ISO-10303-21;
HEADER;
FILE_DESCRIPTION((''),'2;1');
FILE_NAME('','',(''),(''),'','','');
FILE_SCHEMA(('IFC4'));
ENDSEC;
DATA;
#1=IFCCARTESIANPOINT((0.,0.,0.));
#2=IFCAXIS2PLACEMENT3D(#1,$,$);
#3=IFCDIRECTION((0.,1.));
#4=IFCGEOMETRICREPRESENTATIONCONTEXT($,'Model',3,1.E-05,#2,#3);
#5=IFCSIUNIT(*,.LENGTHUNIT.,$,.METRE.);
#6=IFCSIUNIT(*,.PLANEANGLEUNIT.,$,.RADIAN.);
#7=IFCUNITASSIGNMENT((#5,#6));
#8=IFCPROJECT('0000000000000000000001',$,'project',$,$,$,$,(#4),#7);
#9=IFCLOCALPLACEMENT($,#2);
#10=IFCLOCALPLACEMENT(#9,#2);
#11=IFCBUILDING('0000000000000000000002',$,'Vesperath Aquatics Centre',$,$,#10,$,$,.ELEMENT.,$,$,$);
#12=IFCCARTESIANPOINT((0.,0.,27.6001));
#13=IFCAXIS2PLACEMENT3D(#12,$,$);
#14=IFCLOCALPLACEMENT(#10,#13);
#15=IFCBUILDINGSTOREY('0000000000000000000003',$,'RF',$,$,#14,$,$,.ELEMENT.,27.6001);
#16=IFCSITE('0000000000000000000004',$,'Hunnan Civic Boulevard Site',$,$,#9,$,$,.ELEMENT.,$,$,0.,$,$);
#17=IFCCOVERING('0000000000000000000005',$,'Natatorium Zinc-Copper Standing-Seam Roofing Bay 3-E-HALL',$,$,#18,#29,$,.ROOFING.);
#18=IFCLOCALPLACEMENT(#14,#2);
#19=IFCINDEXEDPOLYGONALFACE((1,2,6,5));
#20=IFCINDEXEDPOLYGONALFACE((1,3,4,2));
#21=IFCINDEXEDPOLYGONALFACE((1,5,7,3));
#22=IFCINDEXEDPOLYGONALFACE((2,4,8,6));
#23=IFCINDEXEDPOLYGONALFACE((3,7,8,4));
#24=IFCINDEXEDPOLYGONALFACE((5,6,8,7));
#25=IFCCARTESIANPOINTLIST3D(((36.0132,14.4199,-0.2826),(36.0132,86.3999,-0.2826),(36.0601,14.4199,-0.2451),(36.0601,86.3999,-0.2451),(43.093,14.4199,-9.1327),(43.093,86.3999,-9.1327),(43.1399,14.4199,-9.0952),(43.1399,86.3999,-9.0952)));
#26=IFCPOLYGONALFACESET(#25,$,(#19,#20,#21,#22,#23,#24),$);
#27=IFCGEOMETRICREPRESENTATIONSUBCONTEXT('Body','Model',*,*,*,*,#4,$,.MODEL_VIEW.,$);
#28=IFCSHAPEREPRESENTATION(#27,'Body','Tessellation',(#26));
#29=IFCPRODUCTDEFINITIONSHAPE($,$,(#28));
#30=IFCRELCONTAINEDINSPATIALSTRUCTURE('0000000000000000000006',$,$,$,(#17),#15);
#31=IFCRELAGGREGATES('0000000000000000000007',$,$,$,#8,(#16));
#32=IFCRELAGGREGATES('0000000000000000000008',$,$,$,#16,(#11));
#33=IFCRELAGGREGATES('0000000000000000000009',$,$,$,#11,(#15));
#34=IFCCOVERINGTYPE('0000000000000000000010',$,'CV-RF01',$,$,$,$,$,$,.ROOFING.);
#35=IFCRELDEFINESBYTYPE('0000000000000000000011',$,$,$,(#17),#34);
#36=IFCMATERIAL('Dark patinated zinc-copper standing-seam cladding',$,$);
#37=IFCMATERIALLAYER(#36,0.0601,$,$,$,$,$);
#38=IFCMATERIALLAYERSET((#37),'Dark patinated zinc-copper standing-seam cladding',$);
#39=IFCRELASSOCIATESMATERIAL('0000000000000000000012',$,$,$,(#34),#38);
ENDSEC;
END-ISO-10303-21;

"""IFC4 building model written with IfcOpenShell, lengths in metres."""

from ifc_helpers import new_model, si_unit, direction, frame, origin, place, context, subcontext, project, spatial, polyline, outline, extrude, material, layer, layer_set, type_object, element, save


model = new_model("IFC4")

# Units and contexts
model_context = context("Model", 3, precision=1e-05, world=origin(), true_north=direction((0.0, 1.0)))
body_context = subcontext(model_context, "Body", "Model", "MODEL_VIEW")
ifc_project = project(units=[si_unit("LENGTHUNIT", "METRE"), si_unit("PLANEANGLEUNIT", "RADIAN")], contexts=[model_context])

# Site, building, storey
site_placement = place(None, origin())
site = spatial("IfcSite", under=ifc_project, at=site_placement, Name="Hunnan Civic Boulevard Site", CompositionType="ELEMENT", RefElevation=0.0)
building_placement = place(site_placement, origin())
building = spatial("IfcBuilding", under=site, at=building_placement, Name="Vesperath Aquatics Centre", CompositionType="ELEMENT")
storey_placement = place(building_placement, frame((0.0, 0.0, 27.6001)))
storey = spatial("IfcBuildingStorey", under=building, at=storey_placement, Name="RF", CompositionType="ELEMENT", Elevation=27.6001)

# Covering
ifc_material_1 = material(Name="Dark patinated zinc-copper standing-seam cladding")
ifc_layer_1 = layer(ifc_material_1, 0.0601)
ifc_layer_set_1 = layer_set([ifc_layer_1], Name="Dark patinated zinc-copper standing-seam cladding")
covering_type = type_object("IfcCoveringType", Name="CV-RF01", PredefinedType="ROOFING", material=ifc_layer_set_1)
covering_1_placement = place(storey_placement, frame((36.0601, 14.4199, -0.2451), z_axis=(0.780879, 0.0, 0.624682), x_axis=(0.624682, 0.0, -0.780879)))
element("IfcCovering", 1, at=covering_1_placement, inside=storey, type_object=covering_type, Name="Natatorium Zinc-Copper Standing-Seam Roofing Bay 3-E-HALL", PredefinedType="ROOFING", context=body_context, shape_type="SweptSolid", body=[
    extrude(outline(polyline([(0.0, 0.0), (11.3335, 0.0), (11.3335, 71.98), (0.0, 71.98), (0.0, 0.0)])), origin(), (0.0, 0.0, -1.0), 0.0601),
])

save(model, "model.ifc")
